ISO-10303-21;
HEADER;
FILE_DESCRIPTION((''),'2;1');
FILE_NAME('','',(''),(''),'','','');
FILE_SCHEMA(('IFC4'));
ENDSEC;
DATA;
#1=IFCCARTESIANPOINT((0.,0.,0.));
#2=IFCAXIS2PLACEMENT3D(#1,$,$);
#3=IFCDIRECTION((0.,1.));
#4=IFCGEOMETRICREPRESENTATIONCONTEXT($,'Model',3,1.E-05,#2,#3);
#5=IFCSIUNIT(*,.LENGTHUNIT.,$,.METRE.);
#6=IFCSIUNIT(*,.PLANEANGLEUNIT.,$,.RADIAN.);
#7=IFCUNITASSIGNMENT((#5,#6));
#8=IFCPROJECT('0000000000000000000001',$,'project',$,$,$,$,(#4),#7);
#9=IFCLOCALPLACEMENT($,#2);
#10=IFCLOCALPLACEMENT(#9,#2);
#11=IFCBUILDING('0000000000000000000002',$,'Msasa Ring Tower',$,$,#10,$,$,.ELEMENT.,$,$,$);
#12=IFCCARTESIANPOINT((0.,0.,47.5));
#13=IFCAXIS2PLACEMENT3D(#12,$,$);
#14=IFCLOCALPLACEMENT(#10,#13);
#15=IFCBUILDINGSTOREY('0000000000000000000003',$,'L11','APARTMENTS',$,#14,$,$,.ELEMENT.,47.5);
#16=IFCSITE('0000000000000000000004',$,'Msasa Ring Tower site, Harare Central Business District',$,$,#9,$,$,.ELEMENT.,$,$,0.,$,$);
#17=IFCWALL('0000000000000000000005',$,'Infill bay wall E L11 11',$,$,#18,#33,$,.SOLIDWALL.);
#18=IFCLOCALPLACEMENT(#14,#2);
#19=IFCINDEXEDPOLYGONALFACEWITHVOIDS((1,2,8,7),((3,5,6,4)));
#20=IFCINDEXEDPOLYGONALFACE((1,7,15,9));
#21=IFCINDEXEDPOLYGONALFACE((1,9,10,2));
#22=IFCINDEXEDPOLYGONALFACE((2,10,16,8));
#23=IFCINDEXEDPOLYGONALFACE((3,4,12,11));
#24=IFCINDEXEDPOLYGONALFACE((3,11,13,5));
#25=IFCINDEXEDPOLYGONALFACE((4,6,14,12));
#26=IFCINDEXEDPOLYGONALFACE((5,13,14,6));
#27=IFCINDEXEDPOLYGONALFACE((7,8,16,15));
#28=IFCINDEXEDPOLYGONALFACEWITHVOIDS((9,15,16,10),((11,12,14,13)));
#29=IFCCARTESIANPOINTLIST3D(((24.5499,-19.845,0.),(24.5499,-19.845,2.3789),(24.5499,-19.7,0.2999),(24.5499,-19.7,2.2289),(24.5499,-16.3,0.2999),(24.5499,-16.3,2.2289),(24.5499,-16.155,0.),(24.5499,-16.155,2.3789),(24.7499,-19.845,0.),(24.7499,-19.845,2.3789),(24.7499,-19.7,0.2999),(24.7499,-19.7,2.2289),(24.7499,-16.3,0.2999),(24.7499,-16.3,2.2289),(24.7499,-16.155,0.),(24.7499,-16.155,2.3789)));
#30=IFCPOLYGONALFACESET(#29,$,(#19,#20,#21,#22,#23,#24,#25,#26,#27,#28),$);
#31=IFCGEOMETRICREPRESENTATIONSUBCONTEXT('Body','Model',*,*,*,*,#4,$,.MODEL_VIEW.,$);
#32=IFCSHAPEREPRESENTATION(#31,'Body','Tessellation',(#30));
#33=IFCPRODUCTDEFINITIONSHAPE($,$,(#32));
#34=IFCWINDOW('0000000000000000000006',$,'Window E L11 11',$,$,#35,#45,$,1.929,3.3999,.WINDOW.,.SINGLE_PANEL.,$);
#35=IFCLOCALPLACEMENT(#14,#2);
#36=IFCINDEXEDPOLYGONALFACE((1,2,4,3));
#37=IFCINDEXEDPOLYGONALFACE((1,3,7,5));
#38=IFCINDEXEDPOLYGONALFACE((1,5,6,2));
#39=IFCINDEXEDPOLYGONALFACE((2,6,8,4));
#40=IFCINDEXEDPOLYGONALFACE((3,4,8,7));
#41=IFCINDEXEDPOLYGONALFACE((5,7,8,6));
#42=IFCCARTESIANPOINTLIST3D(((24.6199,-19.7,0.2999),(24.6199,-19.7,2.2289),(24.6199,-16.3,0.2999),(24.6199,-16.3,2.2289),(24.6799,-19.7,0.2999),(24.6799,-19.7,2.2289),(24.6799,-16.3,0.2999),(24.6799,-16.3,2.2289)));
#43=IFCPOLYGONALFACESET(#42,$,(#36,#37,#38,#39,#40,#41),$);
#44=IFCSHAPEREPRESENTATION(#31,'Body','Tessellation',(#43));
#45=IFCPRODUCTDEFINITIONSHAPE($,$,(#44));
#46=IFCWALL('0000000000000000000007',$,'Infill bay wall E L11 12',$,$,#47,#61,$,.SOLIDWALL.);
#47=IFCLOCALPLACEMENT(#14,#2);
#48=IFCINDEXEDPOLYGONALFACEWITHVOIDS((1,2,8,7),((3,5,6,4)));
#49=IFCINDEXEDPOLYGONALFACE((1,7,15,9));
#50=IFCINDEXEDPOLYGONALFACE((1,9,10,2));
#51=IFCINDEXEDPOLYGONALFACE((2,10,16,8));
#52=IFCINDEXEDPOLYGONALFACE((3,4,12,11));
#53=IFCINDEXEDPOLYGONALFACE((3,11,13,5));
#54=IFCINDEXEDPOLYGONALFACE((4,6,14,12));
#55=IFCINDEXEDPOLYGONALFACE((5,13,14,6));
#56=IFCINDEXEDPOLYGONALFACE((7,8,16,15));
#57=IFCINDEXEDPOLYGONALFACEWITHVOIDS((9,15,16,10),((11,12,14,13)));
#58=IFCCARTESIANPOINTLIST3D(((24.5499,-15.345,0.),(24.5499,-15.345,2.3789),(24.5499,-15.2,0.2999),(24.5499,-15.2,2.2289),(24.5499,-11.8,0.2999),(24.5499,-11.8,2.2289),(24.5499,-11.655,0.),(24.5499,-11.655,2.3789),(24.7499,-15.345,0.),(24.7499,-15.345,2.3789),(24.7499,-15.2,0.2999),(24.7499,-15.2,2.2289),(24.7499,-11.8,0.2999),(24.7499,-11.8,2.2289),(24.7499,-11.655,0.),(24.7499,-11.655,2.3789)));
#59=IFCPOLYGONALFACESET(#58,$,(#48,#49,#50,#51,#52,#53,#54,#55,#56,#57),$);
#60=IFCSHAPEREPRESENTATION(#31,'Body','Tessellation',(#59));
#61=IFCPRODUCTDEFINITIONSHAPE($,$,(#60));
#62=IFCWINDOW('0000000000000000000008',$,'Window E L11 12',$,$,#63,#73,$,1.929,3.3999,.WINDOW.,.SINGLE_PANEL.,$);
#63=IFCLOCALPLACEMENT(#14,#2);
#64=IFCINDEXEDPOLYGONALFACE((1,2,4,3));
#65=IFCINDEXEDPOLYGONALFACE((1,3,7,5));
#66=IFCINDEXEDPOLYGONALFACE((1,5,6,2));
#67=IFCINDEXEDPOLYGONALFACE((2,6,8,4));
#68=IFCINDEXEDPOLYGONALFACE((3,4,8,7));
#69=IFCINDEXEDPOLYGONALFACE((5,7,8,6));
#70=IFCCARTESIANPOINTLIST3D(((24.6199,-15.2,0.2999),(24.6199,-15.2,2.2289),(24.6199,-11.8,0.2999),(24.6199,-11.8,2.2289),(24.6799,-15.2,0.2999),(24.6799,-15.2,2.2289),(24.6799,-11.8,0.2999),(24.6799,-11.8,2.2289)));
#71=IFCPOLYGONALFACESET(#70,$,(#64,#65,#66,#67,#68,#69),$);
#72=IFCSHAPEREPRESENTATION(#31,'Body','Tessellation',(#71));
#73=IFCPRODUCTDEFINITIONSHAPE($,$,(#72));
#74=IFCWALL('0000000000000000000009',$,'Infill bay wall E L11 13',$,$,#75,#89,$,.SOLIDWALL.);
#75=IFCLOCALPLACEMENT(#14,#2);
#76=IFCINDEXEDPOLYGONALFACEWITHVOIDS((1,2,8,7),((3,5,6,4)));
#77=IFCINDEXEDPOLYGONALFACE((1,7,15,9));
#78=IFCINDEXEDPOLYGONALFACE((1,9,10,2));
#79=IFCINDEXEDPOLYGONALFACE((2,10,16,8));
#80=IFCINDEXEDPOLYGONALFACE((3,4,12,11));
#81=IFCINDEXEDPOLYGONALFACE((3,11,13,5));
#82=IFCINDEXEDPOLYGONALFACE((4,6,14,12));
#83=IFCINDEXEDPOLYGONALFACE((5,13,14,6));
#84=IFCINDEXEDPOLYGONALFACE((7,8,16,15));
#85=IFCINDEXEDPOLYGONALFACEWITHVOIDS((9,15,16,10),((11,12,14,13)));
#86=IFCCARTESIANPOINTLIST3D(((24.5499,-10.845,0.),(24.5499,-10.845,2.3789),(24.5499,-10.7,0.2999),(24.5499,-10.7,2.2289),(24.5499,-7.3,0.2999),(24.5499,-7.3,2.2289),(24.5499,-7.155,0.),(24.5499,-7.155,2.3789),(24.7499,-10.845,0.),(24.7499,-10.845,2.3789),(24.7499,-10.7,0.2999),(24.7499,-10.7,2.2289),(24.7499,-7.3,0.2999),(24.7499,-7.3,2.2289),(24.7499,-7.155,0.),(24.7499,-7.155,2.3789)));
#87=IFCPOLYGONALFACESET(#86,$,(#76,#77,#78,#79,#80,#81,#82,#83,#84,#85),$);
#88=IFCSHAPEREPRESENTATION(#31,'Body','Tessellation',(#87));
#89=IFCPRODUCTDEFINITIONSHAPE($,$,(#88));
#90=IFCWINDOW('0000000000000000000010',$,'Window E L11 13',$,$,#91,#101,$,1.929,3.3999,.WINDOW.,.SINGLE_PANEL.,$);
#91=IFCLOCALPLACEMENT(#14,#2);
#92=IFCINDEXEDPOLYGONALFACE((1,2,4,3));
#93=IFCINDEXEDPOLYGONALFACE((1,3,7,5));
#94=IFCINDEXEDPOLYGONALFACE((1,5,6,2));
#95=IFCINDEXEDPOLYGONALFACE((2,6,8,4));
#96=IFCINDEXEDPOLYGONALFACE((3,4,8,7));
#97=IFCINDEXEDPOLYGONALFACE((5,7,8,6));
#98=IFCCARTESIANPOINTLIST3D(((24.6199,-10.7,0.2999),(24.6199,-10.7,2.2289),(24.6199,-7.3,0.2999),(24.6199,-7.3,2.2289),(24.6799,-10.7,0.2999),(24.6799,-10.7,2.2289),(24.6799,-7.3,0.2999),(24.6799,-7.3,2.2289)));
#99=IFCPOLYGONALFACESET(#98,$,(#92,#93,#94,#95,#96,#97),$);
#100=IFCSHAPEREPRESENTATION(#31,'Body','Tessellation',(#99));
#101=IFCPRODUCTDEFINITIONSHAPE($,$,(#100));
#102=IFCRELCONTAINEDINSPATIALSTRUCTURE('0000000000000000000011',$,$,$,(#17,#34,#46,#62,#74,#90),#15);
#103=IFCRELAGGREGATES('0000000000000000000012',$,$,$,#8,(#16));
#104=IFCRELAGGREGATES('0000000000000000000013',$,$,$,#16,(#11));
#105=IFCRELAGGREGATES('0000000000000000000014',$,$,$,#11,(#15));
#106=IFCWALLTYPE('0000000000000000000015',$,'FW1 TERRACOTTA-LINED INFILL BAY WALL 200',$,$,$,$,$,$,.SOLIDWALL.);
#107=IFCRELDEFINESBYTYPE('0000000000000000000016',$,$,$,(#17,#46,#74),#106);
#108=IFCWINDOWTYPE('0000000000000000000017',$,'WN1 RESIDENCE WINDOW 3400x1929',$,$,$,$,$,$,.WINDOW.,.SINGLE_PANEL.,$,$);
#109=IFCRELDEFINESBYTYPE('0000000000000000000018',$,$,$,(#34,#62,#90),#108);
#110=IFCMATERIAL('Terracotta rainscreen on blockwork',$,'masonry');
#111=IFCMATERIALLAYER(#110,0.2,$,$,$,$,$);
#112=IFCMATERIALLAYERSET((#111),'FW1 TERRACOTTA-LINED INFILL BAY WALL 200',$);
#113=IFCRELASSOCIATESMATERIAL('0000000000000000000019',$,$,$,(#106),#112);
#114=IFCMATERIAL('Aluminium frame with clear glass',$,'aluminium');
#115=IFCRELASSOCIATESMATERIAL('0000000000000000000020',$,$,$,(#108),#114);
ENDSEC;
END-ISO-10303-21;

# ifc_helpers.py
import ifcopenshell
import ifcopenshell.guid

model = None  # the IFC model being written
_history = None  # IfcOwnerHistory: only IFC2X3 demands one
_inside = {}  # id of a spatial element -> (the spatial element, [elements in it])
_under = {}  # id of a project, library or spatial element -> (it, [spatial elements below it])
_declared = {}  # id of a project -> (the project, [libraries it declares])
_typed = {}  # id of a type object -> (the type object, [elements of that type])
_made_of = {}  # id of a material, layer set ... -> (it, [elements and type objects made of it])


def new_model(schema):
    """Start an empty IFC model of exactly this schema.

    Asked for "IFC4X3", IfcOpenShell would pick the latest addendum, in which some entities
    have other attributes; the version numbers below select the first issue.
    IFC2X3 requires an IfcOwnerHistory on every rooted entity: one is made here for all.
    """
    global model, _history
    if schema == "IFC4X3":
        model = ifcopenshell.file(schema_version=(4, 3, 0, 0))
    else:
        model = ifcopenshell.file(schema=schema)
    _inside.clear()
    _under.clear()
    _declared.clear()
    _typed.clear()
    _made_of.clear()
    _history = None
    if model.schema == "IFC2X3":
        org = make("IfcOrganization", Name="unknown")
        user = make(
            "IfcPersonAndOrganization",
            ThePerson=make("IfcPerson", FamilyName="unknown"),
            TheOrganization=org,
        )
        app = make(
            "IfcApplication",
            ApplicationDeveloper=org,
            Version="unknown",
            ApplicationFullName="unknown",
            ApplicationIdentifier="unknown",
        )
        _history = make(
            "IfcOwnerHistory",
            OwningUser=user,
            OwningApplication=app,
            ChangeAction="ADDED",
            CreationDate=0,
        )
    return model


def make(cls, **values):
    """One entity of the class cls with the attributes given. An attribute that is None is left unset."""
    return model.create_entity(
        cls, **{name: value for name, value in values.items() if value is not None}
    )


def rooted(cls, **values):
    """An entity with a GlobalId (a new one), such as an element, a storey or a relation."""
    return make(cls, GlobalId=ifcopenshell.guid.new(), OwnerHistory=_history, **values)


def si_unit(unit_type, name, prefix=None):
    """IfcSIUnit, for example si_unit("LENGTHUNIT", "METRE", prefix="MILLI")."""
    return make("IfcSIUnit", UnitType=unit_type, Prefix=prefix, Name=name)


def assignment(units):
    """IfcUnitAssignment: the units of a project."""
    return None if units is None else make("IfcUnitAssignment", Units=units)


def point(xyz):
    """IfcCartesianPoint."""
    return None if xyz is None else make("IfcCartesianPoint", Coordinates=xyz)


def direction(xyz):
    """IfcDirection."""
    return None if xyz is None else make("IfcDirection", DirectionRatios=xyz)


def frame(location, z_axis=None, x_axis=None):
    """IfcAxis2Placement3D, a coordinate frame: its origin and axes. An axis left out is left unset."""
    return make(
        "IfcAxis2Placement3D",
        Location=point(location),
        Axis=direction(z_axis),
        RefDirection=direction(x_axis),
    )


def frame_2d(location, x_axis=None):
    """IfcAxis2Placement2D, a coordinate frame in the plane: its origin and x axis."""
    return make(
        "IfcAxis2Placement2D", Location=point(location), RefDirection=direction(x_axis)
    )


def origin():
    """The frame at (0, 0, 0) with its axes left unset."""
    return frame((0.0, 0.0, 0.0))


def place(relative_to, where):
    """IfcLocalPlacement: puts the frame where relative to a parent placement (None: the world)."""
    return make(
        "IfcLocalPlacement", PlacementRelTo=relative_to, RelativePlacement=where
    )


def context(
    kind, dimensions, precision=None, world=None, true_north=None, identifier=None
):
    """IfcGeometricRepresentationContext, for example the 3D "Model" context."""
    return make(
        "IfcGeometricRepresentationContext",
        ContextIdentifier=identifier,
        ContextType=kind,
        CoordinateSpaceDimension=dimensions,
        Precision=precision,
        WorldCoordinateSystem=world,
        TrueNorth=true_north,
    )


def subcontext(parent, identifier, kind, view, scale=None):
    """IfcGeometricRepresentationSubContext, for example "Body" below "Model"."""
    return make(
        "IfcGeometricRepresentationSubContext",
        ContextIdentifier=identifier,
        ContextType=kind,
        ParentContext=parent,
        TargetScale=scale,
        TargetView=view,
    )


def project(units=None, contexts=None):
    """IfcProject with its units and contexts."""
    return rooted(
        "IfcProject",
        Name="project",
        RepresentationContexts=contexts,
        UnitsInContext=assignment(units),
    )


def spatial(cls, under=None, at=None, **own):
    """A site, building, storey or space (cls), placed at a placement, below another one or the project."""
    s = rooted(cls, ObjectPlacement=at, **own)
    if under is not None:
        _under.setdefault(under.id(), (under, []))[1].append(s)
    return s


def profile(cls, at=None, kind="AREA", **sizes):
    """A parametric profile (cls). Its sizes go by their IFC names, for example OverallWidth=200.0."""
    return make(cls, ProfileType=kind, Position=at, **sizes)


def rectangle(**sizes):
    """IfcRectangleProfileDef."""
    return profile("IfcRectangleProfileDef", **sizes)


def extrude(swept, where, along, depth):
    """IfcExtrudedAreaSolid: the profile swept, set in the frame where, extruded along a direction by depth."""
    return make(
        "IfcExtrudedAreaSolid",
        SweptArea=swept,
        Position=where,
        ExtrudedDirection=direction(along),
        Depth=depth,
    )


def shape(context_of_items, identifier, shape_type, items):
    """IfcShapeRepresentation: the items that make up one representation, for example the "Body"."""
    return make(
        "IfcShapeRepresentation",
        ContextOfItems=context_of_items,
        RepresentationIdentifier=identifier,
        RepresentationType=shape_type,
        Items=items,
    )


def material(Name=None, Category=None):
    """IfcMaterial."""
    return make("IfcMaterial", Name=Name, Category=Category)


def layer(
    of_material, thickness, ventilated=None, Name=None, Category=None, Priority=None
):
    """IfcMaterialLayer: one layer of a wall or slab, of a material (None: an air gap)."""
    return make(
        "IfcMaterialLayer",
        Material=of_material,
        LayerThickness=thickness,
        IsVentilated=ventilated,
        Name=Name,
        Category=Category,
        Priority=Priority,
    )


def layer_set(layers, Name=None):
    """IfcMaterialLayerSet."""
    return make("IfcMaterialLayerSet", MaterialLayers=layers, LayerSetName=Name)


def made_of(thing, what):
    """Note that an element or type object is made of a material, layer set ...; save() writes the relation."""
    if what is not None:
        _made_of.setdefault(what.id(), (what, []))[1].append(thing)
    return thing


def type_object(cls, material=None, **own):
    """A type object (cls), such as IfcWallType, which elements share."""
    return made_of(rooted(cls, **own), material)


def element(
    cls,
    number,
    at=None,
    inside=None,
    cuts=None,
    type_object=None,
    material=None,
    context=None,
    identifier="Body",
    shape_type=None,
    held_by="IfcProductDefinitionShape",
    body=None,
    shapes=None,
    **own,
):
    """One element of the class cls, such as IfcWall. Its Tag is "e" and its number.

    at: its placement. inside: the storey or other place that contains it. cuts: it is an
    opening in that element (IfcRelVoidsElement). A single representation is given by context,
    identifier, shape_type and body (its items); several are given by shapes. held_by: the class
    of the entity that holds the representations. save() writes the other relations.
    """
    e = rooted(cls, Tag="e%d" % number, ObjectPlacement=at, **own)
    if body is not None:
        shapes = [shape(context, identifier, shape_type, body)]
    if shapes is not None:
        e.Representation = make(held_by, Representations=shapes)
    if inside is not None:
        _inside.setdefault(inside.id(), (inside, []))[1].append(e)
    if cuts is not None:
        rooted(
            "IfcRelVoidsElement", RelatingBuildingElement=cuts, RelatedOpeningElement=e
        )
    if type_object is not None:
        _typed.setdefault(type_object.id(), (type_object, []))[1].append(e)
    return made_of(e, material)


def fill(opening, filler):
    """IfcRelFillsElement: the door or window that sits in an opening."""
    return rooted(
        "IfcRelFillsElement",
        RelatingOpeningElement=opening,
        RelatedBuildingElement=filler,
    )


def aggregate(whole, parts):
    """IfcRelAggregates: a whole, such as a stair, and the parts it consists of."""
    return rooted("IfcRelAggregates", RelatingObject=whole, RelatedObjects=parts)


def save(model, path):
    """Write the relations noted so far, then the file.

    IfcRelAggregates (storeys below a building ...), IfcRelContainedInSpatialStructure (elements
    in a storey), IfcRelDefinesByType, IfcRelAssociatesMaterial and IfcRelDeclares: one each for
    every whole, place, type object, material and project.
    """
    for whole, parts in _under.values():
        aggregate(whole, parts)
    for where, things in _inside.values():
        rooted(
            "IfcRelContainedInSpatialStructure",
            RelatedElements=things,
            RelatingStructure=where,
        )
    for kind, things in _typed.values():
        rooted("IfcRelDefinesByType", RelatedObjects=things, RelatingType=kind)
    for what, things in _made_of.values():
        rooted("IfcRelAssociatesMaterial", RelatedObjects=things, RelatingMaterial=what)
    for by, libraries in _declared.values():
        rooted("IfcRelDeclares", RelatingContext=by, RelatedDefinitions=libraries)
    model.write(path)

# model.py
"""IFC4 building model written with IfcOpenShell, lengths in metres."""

from ifc_helpers import new_model, si_unit, direction, frame, frame_2d, origin, place, context, subcontext, project, spatial, rectangle, extrude, material, layer, layer_set, type_object, element, fill, save


model = new_model("IFC4")

# Units and contexts
model_context = context("Model", 3, precision=1e-05, world=origin(), true_north=direction((0.0, 1.0)))
body_context = subcontext(model_context, "Body", "Model", "MODEL_VIEW")
ifc_project = project(units=[si_unit("LENGTHUNIT", "METRE"), si_unit("PLANEANGLEUNIT", "RADIAN")], contexts=[model_context])

# Site, building, storey
site_placement = place(None, origin())
site = spatial("IfcSite", under=ifc_project, at=site_placement, Name="Msasa Ring Tower site, Harare Central Business District", CompositionType="ELEMENT", RefElevation=0.0)
building_placement = place(site_placement, origin())
building = spatial("IfcBuilding", under=site, at=building_placement, Name="Msasa Ring Tower", CompositionType="ELEMENT")
storey_placement = place(building_placement, frame((0.0, 0.0, 47.5)))
storey = spatial("IfcBuildingStorey", under=building, at=storey_placement, Name="L11", Description="APARTMENTS", CompositionType="ELEMENT", Elevation=47.5)

# Walls, openings, windows
ifc_material_1 = material(Name="Terracotta rainscreen on blockwork", Category="masonry")
ifc_layer_1 = layer(ifc_material_1, 0.2)
ifc_layer_set_1 = layer_set([ifc_layer_1], Name="FW1 TERRACOTTA-LINED INFILL BAY WALL 200")
wall_type_1 = type_object("IfcWallType", Name="FW1 TERRACOTTA-LINED INFILL BAY WALL 200", PredefinedType="SOLIDWALL", material=ifc_layer_set_1)
wall_1_placement = place(storey_placement, frame((24.6499, -19.845, 0.0), z_axis=(0.0, 0.0, 1.0), x_axis=(0.0, 1.0, 0.0)))
wall_1 = element("IfcWall", 1, at=wall_1_placement, inside=storey, type_object=wall_type_1, Name="Infill bay wall E L11 11", PredefinedType="SOLIDWALL", context=body_context, shape_type="SweptSolid", body=[
    extrude(rectangle(XDim=3.6899, YDim=0.2, at=frame_2d((1.845, 0.0))), origin(), (0.0, 0.0, 1.0), 2.3789),
])
opening_1_placement = place(wall_1_placement, frame((0.145, 0.0, 0.3)))
opening_1 = element("IfcOpeningElement", 2, at=opening_1_placement, cuts=wall_1, PredefinedType="OPENING", context=body_context, shape_type="SweptSolid", body=[
    extrude(rectangle(XDim=3.3999, YDim=1.929, at=frame_2d((1.7, 0.9644))), frame((0.0, 0.1099, 0.0), z_axis=(0.0, -1.0, 0.0), x_axis=(1.0, 0.0, 0.0)), (0.0, 0.0, 1.0), 0.22),
])
ifc_material_2 = material(Name="Aluminium frame with clear glass", Category="aluminium")
window_type = type_object("IfcWindowType", Name="WN1 RESIDENCE WINDOW 3400x1929", PartitioningType="SINGLE_PANEL", PredefinedType="WINDOW", material=ifc_material_2)
window_1_placement = place(opening_1_placement, origin())
window_1 = element("IfcWindow", 3, at=window_1_placement, inside=storey, type_object=window_type, Name="Window E L11 11", OverallHeight=1.929, OverallWidth=3.3999, PartitioningType="SINGLE_PANEL", PredefinedType="WINDOW", context=body_context, shape_type="SweptSolid", body=[
    extrude(rectangle(XDim=3.3999, YDim=1.929, at=frame_2d((1.7, 0.9644))), frame((0.0, 0.03, 0.0), z_axis=(0.0, -1.0, 0.0), x_axis=(1.0, 0.0, 0.0)), (0.0, 0.0, 1.0), 0.0601),
])
fill(opening_1, window_1)
wall_2_placement = place(storey_placement, frame((24.6499, -15.345, 0.0), z_axis=(0.0, 0.0, 1.0), x_axis=(0.0, 1.0, 0.0)))
wall_2 = element("IfcWall", 4, at=wall_2_placement, inside=storey, type_object=wall_type_1, Name="Infill bay wall E L11 12", PredefinedType="SOLIDWALL", context=body_context, shape_type="SweptSolid", body=[
    extrude(rectangle(XDim=3.6899, YDim=0.2, at=frame_2d((1.845, 0.0))), origin(), (0.0, 0.0, 1.0), 2.3789),
])
opening_2_placement = place(wall_2_placement, frame((0.145, 0.0, 0.3)))
opening_2 = element("IfcOpeningElement", 5, at=opening_2_placement, cuts=wall_2, PredefinedType="OPENING", context=body_context, shape_type="SweptSolid", body=[
    extrude(rectangle(XDim=3.3999, YDim=1.929, at=frame_2d((1.7, 0.9644))), frame((0.0, 0.1099, 0.0), z_axis=(0.0, -1.0, 0.0), x_axis=(1.0, 0.0, 0.0)), (0.0, 0.0, 1.0), 0.22),
])
window_2_placement = place(opening_2_placement, origin())
window_2 = element("IfcWindow", 6, at=window_2_placement, inside=storey, type_object=window_type, Name="Window E L11 12", OverallHeight=1.929, OverallWidth=3.3999, PartitioningType="SINGLE_PANEL", PredefinedType="WINDOW", context=body_context, shape_type="SweptSolid", body=[
    extrude(rectangle(XDim=3.3999, YDim=1.929, at=frame_2d((1.7, 0.9644))), frame((0.0, 0.03, 0.0), z_axis=(0.0, -1.0, 0.0), x_axis=(1.0, 0.0, 0.0)), (0.0, 0.0, 1.0), 0.0601),
])
fill(opening_2, window_2)
wall_3_placement = place(storey_placement, frame((24.6499, -10.845, 0.0), z_axis=(0.0, 0.0, 1.0), x_axis=(0.0, 1.0, 0.0)))
wall_3 = element("IfcWall", 7, at=wall_3_placement, inside=storey, type_object=wall_type_1, Name="Infill bay wall E L11 13", PredefinedType="SOLIDWALL", context=body_context, shape_type="SweptSolid", body=[
    extrude(rectangle(XDim=3.6899, YDim=0.2, at=frame_2d((1.845, 0.0))), origin(), (0.0, 0.0, 1.0), 2.3789),
])
opening_3_placement = place(wall_3_placement, frame((0.145, 0.0, 0.3)))
opening_3 = element("IfcOpeningElement", 8, at=opening_3_placement, cuts=wall_3, PredefinedType="OPENING", context=body_context, shape_type="SweptSolid", body=[
    extrude(rectangle(XDim=3.3999, YDim=1.929, at=frame_2d((1.7, 0.9644))), frame((0.0, 0.1099, 0.0), z_axis=(0.0, -1.0, 0.0), x_axis=(1.0, 0.0, 0.0)), (0.0, 0.0, 1.0), 0.22),
])
window_3_placement = place(opening_3_placement, origin())
window_3 = element("IfcWindow", 9, at=window_3_placement, inside=storey, type_object=window_type, Name="Window E L11 13", OverallHeight=1.929, OverallWidth=3.3999, PartitioningType="SINGLE_PANEL", PredefinedType="WINDOW", context=body_context, shape_type="SweptSolid", body=[
    extrude(rectangle(XDim=3.3999, YDim=1.929, at=frame_2d((1.7, 0.9644))), frame((0.0, 0.03, 0.0), z_axis=(0.0, -1.0, 0.0), x_axis=(1.0, 0.0, 0.0)), (0.0, 0.0, 1.0), 0.0601),
])
fill(opening_3, window_3)

save(model, "model.ifc")
